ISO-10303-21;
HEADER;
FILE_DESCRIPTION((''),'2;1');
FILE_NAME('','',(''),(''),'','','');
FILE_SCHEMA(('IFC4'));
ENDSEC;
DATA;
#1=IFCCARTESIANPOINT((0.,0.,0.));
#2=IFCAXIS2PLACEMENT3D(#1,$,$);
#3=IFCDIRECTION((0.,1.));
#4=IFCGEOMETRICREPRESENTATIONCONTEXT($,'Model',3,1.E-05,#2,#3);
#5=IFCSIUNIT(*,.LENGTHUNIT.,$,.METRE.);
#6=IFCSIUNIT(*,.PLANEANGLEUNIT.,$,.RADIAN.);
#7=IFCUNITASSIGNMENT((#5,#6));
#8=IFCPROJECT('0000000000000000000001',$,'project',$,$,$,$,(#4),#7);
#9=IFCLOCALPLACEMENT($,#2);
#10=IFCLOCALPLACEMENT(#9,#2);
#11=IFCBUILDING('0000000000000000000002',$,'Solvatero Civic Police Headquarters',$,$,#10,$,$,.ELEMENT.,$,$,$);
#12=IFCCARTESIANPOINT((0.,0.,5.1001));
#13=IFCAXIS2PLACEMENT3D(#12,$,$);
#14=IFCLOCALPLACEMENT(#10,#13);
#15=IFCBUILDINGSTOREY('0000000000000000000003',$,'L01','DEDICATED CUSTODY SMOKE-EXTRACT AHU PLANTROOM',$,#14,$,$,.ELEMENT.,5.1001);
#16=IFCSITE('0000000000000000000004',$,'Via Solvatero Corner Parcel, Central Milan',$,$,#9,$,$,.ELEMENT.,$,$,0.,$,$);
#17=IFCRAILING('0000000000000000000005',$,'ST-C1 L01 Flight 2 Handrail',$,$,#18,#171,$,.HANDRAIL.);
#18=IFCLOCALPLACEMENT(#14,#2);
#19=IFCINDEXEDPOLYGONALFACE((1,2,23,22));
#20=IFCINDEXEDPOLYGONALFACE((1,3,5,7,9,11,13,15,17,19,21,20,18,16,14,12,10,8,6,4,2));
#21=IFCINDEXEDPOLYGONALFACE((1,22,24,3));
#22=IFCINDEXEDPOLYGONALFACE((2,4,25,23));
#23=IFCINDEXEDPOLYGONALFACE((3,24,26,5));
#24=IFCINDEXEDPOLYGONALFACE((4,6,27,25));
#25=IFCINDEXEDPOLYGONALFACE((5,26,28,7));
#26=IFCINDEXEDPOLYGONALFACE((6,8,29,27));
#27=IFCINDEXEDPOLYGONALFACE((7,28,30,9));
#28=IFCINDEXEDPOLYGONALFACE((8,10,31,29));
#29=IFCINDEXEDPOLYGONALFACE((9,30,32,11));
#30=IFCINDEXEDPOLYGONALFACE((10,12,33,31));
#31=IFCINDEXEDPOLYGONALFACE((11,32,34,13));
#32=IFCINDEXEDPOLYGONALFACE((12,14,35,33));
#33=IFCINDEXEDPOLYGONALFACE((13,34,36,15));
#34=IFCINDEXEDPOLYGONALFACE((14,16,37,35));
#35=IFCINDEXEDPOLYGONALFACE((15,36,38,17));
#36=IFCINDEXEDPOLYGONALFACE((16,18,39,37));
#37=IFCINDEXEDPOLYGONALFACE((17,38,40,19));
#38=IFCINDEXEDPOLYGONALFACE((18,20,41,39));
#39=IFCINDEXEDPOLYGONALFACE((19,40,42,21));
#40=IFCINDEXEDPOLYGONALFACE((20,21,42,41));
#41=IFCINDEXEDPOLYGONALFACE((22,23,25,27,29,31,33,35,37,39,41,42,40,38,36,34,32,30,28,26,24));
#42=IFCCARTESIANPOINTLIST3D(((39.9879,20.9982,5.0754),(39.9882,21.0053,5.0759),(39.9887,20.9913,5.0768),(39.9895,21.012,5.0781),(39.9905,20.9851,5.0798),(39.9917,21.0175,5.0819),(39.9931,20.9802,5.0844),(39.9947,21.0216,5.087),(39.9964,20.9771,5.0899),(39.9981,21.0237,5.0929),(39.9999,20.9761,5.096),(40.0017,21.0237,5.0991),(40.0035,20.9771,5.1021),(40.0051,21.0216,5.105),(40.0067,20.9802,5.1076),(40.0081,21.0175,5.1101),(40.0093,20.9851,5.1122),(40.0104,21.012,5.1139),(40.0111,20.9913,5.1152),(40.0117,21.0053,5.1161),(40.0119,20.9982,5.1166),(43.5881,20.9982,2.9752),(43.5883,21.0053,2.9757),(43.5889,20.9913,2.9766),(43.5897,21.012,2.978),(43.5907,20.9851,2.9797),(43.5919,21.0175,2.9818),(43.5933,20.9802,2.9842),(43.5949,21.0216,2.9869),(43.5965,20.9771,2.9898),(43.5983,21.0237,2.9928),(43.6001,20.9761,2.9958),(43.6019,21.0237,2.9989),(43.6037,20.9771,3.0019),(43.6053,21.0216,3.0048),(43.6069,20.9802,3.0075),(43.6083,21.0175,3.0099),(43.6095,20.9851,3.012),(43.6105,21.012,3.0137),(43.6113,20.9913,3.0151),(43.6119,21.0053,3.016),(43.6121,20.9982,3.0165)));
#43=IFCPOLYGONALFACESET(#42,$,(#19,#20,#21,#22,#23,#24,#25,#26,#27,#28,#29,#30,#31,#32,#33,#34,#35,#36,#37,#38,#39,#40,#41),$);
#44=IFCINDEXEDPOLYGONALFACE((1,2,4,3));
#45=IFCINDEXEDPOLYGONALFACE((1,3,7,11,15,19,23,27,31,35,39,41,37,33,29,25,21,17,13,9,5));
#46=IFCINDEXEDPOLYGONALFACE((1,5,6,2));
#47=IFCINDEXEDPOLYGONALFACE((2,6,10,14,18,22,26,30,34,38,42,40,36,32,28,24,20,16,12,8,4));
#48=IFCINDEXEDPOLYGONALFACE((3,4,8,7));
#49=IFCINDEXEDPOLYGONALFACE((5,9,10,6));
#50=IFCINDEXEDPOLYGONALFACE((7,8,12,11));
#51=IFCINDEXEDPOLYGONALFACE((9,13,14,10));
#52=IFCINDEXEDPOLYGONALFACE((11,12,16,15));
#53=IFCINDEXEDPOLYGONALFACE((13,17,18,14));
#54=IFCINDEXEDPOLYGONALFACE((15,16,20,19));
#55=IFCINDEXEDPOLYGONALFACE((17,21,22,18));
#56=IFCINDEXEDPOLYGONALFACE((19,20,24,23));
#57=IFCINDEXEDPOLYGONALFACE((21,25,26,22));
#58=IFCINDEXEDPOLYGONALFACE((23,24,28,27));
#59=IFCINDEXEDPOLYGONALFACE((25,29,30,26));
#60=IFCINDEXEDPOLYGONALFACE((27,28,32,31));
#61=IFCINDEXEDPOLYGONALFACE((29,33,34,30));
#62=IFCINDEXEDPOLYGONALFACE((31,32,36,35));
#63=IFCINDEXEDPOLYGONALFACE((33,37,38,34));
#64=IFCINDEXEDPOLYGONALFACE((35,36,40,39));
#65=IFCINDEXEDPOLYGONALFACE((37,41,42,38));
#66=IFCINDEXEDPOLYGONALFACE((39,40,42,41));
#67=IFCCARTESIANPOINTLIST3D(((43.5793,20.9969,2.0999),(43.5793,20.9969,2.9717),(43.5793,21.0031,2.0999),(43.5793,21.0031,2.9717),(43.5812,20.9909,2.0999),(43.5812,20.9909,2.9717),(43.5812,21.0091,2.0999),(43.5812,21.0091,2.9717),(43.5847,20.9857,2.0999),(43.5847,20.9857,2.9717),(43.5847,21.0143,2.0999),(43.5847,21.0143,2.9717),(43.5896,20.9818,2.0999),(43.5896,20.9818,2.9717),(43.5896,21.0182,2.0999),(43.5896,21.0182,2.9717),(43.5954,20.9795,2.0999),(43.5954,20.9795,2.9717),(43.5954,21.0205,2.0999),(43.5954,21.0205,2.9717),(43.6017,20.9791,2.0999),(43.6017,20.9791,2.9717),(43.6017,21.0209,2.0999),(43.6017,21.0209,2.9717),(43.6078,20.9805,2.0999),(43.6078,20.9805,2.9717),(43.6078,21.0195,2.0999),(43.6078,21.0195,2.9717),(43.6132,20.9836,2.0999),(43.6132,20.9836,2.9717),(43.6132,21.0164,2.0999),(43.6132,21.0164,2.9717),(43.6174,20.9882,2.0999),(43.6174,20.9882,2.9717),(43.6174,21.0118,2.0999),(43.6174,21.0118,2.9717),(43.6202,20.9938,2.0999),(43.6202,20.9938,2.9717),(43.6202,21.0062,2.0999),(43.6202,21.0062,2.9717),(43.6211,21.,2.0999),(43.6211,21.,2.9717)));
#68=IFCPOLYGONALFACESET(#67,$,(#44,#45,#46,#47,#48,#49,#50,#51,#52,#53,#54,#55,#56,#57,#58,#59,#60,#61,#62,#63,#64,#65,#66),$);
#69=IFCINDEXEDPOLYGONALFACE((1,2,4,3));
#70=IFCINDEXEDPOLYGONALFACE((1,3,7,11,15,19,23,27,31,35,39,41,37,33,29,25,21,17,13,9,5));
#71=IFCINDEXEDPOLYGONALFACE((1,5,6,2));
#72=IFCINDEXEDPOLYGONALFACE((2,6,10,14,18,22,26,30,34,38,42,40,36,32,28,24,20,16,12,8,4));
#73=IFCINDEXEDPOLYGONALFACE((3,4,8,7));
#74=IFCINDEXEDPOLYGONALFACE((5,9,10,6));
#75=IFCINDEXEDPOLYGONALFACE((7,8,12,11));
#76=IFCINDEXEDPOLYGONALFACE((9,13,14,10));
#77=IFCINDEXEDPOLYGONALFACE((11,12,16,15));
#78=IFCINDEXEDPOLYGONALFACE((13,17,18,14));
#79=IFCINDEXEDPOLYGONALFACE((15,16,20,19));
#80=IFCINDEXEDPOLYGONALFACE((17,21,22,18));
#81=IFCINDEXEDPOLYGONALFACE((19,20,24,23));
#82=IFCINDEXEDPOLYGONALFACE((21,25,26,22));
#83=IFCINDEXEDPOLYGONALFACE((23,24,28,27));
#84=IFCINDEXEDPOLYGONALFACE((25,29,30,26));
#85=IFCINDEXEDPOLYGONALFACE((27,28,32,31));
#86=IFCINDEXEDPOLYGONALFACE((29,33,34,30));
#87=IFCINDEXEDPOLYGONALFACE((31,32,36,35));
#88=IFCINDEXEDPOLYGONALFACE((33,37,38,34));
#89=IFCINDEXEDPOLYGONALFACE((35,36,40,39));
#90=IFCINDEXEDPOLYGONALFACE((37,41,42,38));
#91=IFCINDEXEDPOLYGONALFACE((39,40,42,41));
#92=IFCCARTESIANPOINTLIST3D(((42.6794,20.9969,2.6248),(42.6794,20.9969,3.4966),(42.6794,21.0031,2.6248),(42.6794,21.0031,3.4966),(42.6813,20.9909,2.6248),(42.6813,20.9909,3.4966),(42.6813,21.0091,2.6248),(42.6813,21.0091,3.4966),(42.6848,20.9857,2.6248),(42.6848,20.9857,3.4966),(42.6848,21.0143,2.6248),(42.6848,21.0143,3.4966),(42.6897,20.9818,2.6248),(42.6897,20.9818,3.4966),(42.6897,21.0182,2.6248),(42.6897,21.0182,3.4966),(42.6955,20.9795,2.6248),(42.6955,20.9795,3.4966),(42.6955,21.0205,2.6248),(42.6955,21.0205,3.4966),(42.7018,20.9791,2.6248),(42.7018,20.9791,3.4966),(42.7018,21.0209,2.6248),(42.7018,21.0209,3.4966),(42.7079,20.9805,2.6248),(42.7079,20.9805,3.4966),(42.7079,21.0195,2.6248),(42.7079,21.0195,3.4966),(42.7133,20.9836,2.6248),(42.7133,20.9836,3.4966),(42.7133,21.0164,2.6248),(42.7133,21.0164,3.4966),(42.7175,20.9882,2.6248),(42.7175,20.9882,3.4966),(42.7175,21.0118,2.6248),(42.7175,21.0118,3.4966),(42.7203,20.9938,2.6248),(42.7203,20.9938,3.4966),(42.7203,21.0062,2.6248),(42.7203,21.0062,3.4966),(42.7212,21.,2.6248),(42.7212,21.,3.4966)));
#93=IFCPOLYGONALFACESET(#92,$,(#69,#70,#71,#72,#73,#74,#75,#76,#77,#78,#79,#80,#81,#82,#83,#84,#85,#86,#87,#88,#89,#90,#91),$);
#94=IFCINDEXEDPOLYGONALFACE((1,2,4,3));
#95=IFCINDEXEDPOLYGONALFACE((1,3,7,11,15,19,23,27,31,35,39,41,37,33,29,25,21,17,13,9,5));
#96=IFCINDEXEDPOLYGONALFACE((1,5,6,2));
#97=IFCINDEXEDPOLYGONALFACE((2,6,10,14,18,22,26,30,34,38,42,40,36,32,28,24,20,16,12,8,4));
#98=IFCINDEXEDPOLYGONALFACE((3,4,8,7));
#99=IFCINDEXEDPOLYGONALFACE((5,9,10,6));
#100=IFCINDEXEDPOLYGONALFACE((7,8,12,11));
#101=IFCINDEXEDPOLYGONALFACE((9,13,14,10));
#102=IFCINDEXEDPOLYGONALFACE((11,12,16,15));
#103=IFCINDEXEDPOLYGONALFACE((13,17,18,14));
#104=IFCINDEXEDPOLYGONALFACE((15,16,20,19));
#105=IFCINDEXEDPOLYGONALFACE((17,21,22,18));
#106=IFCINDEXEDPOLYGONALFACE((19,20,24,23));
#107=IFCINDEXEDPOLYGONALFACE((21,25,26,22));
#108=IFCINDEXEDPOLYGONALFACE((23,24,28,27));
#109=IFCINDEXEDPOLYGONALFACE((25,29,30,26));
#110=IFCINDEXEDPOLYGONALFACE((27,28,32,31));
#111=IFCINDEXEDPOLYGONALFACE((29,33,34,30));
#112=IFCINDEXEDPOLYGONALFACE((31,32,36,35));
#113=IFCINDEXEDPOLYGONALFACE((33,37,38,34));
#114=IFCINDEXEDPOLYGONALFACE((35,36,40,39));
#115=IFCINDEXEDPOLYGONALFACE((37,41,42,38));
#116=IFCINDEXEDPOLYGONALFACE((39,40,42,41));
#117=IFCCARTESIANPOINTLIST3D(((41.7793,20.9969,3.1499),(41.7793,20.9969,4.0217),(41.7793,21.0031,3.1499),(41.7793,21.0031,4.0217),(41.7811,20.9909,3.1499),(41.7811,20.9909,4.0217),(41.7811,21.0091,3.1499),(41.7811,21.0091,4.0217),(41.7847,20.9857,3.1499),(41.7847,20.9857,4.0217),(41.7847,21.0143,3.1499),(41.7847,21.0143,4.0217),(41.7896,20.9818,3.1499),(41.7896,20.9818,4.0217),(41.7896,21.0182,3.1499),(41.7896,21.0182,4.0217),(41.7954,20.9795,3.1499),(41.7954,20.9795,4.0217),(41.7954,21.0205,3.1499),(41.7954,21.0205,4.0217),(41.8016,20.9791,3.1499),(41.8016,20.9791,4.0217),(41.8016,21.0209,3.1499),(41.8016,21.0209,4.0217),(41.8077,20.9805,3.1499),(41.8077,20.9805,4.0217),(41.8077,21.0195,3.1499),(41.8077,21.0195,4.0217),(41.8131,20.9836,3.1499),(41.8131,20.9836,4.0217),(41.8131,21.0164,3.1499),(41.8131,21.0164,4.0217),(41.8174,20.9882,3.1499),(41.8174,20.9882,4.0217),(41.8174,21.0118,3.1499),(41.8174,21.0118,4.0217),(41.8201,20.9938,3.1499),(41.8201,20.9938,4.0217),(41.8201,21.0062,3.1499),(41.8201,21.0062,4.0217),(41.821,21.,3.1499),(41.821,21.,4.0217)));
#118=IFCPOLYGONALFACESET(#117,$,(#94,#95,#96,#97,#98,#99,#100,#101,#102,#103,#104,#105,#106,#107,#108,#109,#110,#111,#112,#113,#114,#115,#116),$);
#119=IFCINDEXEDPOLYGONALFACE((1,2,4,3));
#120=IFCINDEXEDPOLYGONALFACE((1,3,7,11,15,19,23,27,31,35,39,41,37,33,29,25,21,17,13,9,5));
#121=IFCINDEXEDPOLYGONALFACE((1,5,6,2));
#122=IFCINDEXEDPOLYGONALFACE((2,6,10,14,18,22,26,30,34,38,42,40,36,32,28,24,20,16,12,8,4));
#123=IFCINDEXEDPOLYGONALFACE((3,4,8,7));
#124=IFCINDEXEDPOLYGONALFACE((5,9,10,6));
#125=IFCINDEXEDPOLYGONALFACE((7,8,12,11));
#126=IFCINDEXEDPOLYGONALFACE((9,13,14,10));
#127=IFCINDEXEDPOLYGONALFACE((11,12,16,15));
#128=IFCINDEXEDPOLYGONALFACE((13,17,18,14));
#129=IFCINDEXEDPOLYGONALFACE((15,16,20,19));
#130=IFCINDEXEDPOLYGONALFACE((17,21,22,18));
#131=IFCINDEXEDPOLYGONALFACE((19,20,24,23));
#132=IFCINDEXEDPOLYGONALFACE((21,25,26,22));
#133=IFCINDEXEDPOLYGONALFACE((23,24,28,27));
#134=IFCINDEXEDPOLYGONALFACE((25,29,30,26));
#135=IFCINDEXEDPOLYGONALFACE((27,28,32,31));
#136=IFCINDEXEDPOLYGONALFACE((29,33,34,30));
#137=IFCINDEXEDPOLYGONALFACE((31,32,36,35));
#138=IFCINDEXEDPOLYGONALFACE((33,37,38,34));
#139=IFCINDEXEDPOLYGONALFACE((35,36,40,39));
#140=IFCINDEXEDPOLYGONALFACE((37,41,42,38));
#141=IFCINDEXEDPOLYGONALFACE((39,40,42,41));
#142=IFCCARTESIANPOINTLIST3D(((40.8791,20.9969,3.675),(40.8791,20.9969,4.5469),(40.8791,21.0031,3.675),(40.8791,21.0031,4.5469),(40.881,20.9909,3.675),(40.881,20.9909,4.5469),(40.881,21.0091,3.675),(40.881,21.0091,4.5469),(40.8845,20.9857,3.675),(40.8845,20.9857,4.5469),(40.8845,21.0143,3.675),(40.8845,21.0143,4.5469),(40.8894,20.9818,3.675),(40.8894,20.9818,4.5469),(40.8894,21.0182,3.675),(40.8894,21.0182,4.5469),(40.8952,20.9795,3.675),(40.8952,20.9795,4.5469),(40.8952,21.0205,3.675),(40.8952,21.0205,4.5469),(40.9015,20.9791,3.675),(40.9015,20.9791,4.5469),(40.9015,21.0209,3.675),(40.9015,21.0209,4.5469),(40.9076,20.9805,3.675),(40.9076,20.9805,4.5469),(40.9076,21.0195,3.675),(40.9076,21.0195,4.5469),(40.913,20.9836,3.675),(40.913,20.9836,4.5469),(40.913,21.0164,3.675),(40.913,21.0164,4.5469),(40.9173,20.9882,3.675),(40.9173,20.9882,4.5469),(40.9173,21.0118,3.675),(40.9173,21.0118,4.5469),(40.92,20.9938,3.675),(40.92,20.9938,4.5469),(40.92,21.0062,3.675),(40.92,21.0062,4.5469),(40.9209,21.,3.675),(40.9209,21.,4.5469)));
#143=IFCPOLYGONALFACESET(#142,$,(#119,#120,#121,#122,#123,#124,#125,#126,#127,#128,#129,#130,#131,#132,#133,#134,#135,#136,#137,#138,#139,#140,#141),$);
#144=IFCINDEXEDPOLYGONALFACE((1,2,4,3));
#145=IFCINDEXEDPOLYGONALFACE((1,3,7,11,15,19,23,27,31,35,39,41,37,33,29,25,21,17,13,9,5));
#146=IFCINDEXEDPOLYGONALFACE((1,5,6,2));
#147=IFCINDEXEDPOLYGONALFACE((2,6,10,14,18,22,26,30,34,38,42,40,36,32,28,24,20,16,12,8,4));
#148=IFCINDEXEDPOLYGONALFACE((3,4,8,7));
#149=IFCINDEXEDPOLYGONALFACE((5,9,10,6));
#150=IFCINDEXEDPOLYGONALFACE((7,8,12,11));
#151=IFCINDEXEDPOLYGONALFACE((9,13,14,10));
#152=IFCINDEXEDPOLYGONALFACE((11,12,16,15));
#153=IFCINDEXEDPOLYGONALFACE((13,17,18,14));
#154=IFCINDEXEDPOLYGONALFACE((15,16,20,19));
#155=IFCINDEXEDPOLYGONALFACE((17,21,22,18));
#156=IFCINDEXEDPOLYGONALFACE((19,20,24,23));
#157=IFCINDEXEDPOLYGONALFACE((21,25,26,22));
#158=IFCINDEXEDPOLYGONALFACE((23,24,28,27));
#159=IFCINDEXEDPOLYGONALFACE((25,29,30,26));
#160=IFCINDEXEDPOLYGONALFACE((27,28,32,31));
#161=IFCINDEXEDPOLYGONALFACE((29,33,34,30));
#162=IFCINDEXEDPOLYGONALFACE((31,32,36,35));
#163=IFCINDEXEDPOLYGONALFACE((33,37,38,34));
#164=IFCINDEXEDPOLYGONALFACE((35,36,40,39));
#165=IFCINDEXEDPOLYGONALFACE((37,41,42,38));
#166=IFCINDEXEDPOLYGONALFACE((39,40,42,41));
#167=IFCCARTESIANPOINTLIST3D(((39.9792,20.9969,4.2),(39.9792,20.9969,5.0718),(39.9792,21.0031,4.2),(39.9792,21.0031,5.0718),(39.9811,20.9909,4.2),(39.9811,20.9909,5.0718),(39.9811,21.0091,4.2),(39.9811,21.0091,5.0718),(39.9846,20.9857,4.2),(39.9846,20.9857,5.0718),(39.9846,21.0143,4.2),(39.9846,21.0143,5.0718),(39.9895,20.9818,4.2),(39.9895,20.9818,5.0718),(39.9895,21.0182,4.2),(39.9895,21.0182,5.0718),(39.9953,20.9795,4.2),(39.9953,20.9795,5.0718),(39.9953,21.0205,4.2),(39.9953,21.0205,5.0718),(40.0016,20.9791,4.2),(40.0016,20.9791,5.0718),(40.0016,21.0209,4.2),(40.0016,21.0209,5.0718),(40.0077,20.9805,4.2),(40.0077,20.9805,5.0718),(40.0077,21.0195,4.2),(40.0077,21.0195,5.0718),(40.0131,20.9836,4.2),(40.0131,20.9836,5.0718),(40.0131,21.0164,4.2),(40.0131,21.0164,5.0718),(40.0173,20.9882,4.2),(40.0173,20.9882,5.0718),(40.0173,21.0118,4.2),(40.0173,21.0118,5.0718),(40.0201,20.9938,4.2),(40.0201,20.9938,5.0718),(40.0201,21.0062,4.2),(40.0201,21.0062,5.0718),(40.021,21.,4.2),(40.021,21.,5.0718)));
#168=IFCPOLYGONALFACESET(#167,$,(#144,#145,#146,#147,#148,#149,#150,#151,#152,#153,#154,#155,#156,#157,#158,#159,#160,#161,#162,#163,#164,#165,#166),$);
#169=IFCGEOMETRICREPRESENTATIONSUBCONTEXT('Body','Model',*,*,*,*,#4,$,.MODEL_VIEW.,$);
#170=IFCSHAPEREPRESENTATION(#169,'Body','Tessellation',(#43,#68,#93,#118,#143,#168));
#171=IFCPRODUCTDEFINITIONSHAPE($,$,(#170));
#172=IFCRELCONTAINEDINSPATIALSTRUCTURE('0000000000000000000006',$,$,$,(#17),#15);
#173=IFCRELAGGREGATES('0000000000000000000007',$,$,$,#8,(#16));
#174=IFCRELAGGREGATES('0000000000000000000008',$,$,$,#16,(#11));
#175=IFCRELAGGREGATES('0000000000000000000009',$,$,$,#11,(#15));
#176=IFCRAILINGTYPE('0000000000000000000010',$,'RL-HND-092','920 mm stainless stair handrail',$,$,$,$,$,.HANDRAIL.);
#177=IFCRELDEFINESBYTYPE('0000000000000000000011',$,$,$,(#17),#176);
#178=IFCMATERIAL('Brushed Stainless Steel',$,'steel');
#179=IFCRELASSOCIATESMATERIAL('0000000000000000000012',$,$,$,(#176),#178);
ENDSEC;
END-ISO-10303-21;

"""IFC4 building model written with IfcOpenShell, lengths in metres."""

from ifc_helpers import new_model, si_unit, direction, frame, origin, origin_2d, place, context, subcontext, project, spatial, circle, extrude, material, type_object, element, save


model = new_model("IFC4")

# Units and contexts
model_context = context("Model", 3, precision=1e-05, world=origin(), true_north=direction((0.0, 1.0)))
body_context = subcontext(model_context, "Body", "Model", "MODEL_VIEW")
ifc_project = project(units=[si_unit("LENGTHUNIT", "METRE"), si_unit("PLANEANGLEUNIT", "RADIAN")], contexts=[model_context])

# Site, building, storey
site_placement = place(None, origin())
site = spatial("IfcSite", under=ifc_project, at=site_placement, Name="Via Solvatero Corner Parcel, Central Milan", CompositionType="ELEMENT", RefElevation=0.0)
building_placement = place(site_placement, origin())
building = spatial("IfcBuilding", under=site, at=building_placement, Name="Solvatero Civic Police Headquarters", CompositionType="ELEMENT")
storey_placement = place(building_placement, frame((0.0, 0.0, 5.1001)))
storey = spatial("IfcBuildingStorey", under=building, at=storey_placement, Name="L01", Description="DEDICATED CUSTODY SMOKE-EXTRACT AHU PLANTROOM", CompositionType="ELEMENT", Elevation=5.1001)

# Railing
ifc_material_1 = material(Name="Brushed Stainless Steel", Category="steel")
railing_type_1 = type_object("IfcRailingType", Name="RL-HND-092", Description="920 mm stainless stair handrail", PredefinedType="HANDRAIL", material=ifc_material_1)
railing_1_placement = place(storey_placement, frame((43.6001, 21.0, 2.0999)))
element("IfcRailing", 1, at=railing_1_placement, inside=storey, type_object=railing_type_1, Name="ST-C1 L01 Flight 2 Handrail", PredefinedType="HANDRAIL", context=body_context, shape_type="SweptSolid", body=[
    extrude(circle(Radius=0.0239, at=origin_2d()), frame((0.0, 0.0, 0.896), z_axis=(-0.863775, 0.0, 0.503878), x_axis=(0.0, -1.0, 0.0)), (0.0, 0.0, 1.0), 4.168),
    extrude(circle(Radius=0.021, at=origin_2d()), origin(), (0.0, 0.0, 1.0), 0.8718),
    extrude(circle(Radius=0.021, at=origin_2d()), frame((-0.8999, 0.0, 0.5249)), (0.0, 0.0, 1.0), 0.8718),
    extrude(circle(Radius=0.021, at=origin_2d()), frame((-1.8, 0.0, 1.05)), (0.0, 0.0, 1.0), 0.8718),
    extrude(circle(Radius=0.021, at=origin_2d()), frame((-2.7002, 0.0, 1.5752)), (0.0, 0.0, 1.0), 0.8718),
    extrude(circle(Radius=0.021, at=origin_2d()), frame((-3.6001, 0.0, 2.1001)), (0.0, 0.0, 1.0), 0.8718),
])

save(model, "model.ifc")
